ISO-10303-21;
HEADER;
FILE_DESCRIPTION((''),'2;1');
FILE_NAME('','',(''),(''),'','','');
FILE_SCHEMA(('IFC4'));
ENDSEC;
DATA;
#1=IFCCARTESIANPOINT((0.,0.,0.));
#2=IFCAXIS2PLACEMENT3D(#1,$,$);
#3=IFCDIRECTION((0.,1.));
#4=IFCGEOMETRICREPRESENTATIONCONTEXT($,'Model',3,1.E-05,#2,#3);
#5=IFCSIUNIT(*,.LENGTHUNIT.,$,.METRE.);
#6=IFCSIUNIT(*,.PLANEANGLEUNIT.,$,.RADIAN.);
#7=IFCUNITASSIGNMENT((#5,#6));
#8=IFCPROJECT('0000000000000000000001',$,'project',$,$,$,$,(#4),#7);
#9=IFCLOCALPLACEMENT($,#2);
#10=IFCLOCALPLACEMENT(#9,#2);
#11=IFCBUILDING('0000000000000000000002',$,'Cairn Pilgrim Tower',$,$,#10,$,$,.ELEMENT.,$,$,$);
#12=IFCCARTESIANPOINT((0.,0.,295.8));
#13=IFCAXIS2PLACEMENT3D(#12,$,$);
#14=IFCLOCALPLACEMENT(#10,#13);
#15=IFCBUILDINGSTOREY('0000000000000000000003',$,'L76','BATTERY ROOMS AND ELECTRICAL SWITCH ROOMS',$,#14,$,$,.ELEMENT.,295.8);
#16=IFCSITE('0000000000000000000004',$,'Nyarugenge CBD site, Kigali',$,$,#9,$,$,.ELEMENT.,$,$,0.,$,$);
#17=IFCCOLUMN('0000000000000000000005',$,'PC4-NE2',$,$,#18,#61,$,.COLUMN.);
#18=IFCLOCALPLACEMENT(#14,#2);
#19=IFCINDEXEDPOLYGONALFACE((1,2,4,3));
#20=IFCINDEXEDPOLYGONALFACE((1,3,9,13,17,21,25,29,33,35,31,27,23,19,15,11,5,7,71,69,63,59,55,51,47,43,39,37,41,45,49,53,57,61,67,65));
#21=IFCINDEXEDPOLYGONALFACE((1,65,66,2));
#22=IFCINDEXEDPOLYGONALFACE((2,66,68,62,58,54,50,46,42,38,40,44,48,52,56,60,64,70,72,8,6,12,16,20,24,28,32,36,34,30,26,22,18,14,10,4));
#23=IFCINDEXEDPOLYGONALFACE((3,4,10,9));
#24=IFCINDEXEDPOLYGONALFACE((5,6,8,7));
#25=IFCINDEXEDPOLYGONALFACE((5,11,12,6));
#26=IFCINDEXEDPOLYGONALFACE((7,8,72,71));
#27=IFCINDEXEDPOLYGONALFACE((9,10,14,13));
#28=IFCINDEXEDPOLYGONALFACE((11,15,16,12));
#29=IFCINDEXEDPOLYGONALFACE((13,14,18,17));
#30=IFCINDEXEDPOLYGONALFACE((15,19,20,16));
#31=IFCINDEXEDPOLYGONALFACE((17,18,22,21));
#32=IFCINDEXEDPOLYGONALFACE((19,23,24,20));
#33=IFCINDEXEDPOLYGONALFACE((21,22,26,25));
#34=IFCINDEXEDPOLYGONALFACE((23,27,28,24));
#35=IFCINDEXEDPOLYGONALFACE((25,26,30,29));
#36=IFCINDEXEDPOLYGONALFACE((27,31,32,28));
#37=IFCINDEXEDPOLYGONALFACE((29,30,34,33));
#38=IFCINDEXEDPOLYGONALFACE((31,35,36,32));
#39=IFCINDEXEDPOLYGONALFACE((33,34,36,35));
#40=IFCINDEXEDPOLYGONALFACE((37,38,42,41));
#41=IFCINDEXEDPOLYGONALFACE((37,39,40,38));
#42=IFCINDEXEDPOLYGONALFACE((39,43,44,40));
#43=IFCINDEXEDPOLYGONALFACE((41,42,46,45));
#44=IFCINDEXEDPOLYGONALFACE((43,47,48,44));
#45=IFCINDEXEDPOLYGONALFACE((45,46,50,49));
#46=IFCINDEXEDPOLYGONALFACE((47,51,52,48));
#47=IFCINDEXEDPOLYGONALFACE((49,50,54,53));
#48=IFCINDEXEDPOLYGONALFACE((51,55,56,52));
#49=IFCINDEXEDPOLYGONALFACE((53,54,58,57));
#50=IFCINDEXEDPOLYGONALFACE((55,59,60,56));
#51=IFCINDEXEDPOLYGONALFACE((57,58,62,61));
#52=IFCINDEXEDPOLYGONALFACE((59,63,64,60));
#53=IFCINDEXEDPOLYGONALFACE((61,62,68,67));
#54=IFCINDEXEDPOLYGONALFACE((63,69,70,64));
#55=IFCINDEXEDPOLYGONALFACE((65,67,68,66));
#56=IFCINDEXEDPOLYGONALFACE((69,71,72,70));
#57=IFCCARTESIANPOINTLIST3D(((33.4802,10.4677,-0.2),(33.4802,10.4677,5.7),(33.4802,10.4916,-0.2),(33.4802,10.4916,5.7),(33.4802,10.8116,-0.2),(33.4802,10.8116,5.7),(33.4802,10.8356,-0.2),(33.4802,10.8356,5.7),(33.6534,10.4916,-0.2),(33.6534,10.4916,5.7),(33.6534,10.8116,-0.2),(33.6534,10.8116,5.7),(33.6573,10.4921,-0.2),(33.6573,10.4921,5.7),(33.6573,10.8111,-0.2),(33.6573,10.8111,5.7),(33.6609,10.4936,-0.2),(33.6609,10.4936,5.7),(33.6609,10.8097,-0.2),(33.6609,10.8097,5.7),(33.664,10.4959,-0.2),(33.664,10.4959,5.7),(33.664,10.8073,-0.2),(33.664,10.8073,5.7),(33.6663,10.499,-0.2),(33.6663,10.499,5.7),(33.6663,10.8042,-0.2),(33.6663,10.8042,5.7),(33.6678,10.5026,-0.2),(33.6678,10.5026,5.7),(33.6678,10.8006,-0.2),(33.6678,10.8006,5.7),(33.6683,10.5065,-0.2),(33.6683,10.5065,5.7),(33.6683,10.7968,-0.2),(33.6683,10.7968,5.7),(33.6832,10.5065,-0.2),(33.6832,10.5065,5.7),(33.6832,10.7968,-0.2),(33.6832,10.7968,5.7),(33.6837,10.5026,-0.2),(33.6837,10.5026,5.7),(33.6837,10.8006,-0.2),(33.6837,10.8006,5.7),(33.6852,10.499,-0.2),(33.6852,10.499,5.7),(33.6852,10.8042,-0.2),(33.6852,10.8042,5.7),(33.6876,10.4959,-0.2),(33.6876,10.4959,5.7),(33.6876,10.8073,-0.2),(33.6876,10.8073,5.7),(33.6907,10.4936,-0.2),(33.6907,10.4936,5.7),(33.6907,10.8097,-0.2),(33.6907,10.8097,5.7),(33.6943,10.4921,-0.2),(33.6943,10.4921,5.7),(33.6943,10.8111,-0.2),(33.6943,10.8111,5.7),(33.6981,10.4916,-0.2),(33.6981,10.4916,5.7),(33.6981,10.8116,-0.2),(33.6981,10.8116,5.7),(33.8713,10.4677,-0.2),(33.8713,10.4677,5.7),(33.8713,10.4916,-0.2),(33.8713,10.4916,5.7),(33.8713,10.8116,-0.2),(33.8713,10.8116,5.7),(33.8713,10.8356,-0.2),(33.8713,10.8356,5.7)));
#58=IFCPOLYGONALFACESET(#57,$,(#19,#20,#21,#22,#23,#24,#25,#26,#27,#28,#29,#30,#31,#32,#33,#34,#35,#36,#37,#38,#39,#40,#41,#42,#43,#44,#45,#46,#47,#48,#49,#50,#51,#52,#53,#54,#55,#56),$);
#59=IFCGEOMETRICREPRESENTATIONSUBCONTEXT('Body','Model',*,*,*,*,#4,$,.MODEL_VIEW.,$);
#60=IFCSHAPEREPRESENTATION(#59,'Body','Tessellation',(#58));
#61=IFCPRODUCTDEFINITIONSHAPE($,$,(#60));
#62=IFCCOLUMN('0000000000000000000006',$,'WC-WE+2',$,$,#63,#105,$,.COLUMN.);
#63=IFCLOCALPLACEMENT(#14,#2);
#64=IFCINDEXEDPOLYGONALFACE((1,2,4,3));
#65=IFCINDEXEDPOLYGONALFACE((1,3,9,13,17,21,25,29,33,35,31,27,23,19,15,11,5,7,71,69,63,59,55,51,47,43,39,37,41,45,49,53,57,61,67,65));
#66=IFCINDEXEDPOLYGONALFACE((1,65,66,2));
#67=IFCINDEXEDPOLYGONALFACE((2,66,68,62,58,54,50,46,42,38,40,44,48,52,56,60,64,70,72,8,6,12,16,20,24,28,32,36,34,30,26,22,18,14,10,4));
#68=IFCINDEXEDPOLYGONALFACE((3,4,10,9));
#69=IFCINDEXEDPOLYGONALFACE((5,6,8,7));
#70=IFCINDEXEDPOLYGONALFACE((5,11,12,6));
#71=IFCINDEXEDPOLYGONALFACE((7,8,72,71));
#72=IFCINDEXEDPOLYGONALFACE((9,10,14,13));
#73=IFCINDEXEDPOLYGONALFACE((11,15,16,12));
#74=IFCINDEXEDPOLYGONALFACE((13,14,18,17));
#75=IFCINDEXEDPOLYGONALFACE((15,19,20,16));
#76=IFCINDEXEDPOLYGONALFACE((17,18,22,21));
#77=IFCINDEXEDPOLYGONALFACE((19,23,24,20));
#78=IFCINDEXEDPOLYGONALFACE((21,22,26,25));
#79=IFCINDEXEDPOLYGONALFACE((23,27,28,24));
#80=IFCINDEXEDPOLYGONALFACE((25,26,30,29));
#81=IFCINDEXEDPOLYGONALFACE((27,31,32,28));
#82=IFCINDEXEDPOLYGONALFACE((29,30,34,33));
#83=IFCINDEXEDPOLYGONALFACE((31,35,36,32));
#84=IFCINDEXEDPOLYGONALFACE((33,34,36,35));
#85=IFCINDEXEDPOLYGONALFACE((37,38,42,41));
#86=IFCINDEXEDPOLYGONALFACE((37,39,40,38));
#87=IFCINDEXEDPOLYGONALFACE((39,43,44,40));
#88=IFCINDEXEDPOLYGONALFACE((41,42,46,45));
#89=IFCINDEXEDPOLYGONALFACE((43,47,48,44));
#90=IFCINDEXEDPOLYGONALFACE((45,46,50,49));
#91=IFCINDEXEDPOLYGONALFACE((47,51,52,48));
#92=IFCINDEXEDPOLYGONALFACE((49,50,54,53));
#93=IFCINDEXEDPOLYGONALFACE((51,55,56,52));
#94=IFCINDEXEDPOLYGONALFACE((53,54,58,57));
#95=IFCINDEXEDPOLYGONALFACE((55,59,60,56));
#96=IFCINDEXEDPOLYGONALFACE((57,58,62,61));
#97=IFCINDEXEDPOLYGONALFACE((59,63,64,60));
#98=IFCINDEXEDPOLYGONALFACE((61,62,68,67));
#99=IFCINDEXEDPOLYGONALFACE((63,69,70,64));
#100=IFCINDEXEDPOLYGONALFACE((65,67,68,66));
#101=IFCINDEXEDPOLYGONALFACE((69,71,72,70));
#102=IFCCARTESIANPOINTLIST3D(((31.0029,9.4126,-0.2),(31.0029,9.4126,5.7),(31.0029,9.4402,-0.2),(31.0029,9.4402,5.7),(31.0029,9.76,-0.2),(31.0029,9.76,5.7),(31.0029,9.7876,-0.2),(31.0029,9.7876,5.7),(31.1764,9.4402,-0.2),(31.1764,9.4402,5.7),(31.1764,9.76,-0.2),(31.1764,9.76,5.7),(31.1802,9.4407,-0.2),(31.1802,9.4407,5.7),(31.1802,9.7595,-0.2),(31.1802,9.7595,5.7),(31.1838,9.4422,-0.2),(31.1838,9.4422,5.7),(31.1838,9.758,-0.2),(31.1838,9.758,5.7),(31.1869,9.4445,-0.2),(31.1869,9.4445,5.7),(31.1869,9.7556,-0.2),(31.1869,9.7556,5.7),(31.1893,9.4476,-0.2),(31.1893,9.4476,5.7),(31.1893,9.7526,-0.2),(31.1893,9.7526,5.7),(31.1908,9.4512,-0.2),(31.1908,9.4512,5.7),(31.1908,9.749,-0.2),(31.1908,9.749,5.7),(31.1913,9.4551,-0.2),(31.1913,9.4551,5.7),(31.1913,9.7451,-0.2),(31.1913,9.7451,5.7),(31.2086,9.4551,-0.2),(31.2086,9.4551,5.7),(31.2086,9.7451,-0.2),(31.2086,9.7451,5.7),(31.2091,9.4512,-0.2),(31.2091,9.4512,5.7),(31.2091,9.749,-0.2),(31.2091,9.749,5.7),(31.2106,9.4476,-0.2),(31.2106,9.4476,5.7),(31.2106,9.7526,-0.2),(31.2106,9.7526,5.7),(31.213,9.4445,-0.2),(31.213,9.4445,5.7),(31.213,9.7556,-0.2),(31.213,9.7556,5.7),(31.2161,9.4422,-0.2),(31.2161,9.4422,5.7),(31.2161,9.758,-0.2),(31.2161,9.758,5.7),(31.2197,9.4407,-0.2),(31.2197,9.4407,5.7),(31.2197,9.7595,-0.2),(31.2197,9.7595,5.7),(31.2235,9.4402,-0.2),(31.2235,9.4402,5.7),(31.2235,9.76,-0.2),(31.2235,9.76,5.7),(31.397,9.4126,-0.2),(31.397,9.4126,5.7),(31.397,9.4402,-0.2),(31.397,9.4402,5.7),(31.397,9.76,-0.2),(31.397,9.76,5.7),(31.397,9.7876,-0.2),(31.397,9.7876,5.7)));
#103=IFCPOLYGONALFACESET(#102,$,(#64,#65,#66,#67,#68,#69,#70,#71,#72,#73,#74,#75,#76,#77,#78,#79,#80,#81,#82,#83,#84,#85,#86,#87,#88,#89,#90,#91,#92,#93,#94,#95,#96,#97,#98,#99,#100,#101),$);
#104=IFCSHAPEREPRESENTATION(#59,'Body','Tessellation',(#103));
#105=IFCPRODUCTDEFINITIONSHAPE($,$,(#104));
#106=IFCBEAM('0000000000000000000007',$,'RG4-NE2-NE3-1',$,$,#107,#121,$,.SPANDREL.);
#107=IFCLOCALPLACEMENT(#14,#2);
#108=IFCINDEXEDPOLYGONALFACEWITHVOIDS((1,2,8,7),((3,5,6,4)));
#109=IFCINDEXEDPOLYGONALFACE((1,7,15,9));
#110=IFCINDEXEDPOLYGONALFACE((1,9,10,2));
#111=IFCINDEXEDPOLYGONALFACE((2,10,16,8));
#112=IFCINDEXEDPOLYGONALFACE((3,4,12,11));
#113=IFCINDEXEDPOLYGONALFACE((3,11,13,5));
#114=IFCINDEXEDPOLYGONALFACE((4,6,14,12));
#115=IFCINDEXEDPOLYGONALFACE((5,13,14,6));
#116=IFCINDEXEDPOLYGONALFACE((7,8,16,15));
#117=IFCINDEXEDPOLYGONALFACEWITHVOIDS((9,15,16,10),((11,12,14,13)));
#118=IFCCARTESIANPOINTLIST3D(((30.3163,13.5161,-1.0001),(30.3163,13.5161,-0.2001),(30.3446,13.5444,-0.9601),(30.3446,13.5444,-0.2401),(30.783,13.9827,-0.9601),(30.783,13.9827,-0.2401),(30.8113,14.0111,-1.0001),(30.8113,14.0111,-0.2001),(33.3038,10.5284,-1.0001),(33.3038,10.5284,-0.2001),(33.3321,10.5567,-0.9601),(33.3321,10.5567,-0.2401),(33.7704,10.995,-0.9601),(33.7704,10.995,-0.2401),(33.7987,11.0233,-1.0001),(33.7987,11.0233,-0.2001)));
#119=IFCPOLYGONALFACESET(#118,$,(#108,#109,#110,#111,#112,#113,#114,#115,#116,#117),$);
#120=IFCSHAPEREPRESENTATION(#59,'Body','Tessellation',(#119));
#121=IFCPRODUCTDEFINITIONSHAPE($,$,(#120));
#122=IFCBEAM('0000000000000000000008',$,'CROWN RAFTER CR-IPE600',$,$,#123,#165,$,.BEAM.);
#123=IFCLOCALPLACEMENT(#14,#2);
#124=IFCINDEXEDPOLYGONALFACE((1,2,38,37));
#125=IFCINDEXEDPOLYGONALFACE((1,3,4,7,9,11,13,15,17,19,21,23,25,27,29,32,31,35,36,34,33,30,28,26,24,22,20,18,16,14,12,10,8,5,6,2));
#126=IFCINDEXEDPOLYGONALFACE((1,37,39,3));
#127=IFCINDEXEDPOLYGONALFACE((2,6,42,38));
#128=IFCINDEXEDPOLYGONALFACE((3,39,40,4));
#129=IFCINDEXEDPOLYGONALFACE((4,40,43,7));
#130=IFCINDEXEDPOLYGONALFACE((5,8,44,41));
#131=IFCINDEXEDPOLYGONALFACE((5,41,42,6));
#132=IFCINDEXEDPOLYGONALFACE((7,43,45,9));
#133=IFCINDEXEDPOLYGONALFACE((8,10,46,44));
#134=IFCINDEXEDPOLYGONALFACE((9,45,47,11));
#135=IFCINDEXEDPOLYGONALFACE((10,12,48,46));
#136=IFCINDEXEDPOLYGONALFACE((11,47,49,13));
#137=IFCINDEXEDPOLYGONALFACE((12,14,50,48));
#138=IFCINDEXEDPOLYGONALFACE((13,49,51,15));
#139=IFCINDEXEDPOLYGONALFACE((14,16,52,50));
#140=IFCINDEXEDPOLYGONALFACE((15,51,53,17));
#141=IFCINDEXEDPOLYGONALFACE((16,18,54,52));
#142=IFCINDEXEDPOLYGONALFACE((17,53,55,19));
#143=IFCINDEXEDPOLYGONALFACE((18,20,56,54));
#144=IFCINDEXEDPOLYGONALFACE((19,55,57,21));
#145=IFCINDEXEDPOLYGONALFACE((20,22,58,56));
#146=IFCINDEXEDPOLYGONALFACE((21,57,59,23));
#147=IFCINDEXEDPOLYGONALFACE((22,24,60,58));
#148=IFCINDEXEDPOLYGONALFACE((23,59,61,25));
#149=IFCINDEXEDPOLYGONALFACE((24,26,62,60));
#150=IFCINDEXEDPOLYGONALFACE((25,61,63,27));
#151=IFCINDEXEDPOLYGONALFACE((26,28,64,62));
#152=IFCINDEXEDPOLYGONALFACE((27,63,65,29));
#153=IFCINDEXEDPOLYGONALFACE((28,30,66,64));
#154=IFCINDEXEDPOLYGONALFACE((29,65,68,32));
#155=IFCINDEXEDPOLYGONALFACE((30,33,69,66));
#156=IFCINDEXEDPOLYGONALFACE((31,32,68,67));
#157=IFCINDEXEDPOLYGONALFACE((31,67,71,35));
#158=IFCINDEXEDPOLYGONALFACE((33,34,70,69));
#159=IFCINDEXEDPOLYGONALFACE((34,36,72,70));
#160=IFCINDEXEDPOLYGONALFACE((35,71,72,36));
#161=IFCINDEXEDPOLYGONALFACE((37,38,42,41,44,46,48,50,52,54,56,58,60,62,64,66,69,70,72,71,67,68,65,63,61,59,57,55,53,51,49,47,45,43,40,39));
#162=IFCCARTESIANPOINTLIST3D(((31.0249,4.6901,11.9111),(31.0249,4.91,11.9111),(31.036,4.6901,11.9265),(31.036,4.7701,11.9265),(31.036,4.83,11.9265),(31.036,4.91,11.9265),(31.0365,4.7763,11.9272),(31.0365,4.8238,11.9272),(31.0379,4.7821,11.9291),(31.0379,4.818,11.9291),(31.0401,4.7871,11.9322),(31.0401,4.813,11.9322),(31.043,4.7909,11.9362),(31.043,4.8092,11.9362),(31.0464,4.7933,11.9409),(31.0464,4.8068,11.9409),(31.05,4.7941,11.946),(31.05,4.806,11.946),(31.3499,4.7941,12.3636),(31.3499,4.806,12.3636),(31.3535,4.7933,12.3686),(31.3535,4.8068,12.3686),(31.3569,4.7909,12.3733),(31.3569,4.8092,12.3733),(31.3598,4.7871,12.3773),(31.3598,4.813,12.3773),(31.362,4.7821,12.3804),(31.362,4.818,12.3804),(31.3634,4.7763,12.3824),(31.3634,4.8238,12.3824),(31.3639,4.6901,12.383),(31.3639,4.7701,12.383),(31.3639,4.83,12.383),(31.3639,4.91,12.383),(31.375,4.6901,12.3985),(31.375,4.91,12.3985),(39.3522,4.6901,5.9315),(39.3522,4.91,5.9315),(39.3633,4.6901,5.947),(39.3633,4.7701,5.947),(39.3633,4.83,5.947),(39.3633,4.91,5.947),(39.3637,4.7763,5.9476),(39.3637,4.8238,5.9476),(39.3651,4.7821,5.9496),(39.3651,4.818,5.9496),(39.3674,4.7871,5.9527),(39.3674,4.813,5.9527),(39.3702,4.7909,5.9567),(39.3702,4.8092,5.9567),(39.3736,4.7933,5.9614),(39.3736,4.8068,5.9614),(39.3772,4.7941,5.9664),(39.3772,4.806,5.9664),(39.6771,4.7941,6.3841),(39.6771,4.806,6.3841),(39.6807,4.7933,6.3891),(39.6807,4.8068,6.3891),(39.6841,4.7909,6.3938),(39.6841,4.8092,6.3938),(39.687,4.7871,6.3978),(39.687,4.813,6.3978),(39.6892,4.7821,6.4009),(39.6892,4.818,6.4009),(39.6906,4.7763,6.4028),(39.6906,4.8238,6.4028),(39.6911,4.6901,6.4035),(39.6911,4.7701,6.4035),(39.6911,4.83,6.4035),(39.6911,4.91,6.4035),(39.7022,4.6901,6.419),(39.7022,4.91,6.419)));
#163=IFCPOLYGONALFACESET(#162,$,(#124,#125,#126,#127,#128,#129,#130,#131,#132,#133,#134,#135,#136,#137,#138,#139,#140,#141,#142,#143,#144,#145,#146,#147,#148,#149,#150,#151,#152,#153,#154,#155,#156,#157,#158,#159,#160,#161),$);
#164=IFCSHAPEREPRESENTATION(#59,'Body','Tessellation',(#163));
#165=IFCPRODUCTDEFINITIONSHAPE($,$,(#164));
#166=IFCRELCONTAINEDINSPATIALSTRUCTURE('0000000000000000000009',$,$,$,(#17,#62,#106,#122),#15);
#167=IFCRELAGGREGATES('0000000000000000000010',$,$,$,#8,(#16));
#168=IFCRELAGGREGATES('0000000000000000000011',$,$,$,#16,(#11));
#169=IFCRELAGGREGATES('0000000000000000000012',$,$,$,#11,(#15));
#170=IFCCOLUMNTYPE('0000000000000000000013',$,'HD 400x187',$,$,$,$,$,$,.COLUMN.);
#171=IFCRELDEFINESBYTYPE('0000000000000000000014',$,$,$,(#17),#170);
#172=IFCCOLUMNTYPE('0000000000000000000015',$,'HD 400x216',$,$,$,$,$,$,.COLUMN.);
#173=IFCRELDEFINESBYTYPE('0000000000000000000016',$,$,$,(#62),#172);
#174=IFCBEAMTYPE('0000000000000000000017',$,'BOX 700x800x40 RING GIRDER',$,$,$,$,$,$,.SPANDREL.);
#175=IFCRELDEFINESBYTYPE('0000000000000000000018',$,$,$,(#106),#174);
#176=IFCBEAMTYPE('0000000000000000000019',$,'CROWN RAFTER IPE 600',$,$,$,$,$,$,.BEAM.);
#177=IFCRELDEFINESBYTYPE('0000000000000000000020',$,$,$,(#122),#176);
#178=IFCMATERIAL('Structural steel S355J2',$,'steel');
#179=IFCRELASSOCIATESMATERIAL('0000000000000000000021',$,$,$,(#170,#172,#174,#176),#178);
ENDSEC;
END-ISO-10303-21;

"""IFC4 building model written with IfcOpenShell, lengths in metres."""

from ifc_helpers import new_model, si_unit, direction, frame, origin, origin_2d, place, context, subcontext, project, spatial, hollow_rectangle, i_section, extrude, material, material_profile, profile_set, type_object, element, save


model = new_model("IFC4")

# Units and contexts
model_context = context("Model", 3, precision=1e-05, world=origin(), true_north=direction((0.0, 1.0)))
body_context = subcontext(model_context, "Body", "Model", "MODEL_VIEW")
ifc_project = project(units=[si_unit("LENGTHUNIT", "METRE"), si_unit("PLANEANGLEUNIT", "RADIAN")], contexts=[model_context])

# Site, building, storey
site_placement = place(None, origin())
site = spatial("IfcSite", under=ifc_project, at=site_placement, Name="Nyarugenge CBD site, Kigali", CompositionType="ELEMENT", RefElevation=0.0)
building_placement = place(site_placement, origin())
building = spatial("IfcBuilding", under=site, at=building_placement, Name="Cairn Pilgrim Tower", CompositionType="ELEMENT")
storey_placement = place(building_placement, frame((0.0, 0.0, 295.8)))
storey = spatial("IfcBuildingStorey", under=building, at=storey_placement, Name="L76", Description="BATTERY ROOMS AND ELECTRICAL SWITCH ROOMS", CompositionType="ELEMENT", Elevation=295.8)

# Columns
ifc_material_1 = material(Name="Structural steel S355J2", Category="steel")
ifc_material_profile_1 = material_profile(ifc_material_1, i_section(OverallWidth=0.3911, OverallDepth=0.3679, WebThickness=0.0149, FlangeThickness=0.0239, FilletRadius=0.0149, at=origin_2d()), Name="HD 400x187")
ifc_profile_set_1 = profile_set([ifc_material_profile_1], Name="Structural steel S355J2")
column_type_1 = type_object("IfcColumnType", Name="HD 400x187", PredefinedType="COLUMN", material=ifc_profile_set_1)
for number, where, z_axis, x_axis, name in (
    (1, (33.6758, 10.6516, -0.2), (0.0, 0.0, 1.0), (1.0, 0.0, 0.0), "PC4-NE2"),
):
    element("IfcColumn", number, at=place(storey_placement, frame(where, z_axis=z_axis, x_axis=x_axis)), inside=storey, type_object=column_type_1, Name=name, PredefinedType="COLUMN", context=body_context, shape_type="SweptSolid", body=[
        extrude(i_section(OverallWidth=0.3911, OverallDepth=0.3679, WebThickness=0.0149, FlangeThickness=0.0239, FilletRadius=0.0149, at=origin_2d()), origin(), (0.0, 0.0, 1.0), 5.8999),
    ])
ifc_material_profile_2 = material_profile(ifc_material_1, i_section(OverallWidth=0.394, OverallDepth=0.375, WebThickness=0.0173, FlangeThickness=0.0276, FilletRadius=0.0149, at=origin_2d()), Name="HD 400x216")
ifc_profile_set_2 = profile_set([ifc_material_profile_2], Name="Structural steel S355J2")
column_type_2 = type_object("IfcColumnType", Name="HD 400x216", PredefinedType="COLUMN", material=ifc_profile_set_2)
column_1_placement = place(storey_placement, frame((31.2, 9.6001, -0.2), z_axis=(0.0, 0.0, 1.0), x_axis=(1.0, 0.0, 0.0)))
element("IfcColumn", 2, at=column_1_placement, inside=storey, type_object=column_type_2, Name="WC-WE+2", PredefinedType="COLUMN", context=body_context, shape_type="SweptSolid", body=[
    extrude(i_section(OverallWidth=0.394, OverallDepth=0.375, WebThickness=0.0173, FlangeThickness=0.0276, FilletRadius=0.0149, at=origin_2d()), origin(), (0.0, 0.0, 1.0), 5.8999),
])

# Beams
ifc_material_profile_3 = material_profile(ifc_material_1, hollow_rectangle(XDim=0.7, YDim=0.8, WallThickness=0.04, at=origin_2d()), Name="BOX 700x800x40")
ifc_profile_set_3 = profile_set([ifc_material_profile_3], Name="Structural steel S355J2")
beam_type_1 = type_object("IfcBeamType", Name="BOX 700x800x40 RING GIRDER", PredefinedType="SPANDREL", material=ifc_profile_set_3)
beam_1_placement = place(storey_placement, frame((33.5513, 10.7759, -0.6001), z_axis=(-0.707078, 0.707136, 0.0), x_axis=(-0.707136, -0.707078, 0.0)))
element("IfcBeam", 3, at=beam_1_placement, inside=storey, type_object=beam_type_1, Name="RG4-NE2-NE3-1", PredefinedType="SPANDREL", context=body_context, shape_type="SweptSolid", body=[
    extrude(hollow_rectangle(XDim=0.7, YDim=0.8, WallThickness=0.04, at=origin_2d()), origin(), (0.0, 0.0, 1.0), 4.2251),
])
ifc_material_profile_4 = material_profile(ifc_material_1, i_section(OverallWidth=0.22, OverallDepth=0.6001, WebThickness=0.012, FlangeThickness=0.019, FilletRadius=0.0239, at=origin_2d()), Name="IPE 600")
ifc_profile_set_4 = profile_set([ifc_material_profile_4], Name="Structural steel S355J2")
beam_type_2 = type_object("IfcBeamType", Name="CROWN RAFTER IPE 600", PredefinedType="BEAM", material=ifc_profile_set_4)
beam_2_placement = place(storey_placement, frame((31.2, 4.8, 12.1548), z_axis=(0.812276, 0.0, -0.583273), x_axis=(0.0, 1.0, 0.0)))
element("IfcBeam", 4, at=beam_2_placement, inside=storey, type_object=beam_type_2, Name="CROWN RAFTER CR-IPE600", PredefinedType="BEAM", context=body_context, shape_type="SweptSolid", body=[
    extrude(i_section(OverallWidth=0.22, OverallDepth=0.6001, WebThickness=0.012, FlangeThickness=0.019, FilletRadius=0.0239, at=origin_2d()), origin(), (0.0, 0.0, 1.0), 10.2517),
])

save(model, "model.ifc")
